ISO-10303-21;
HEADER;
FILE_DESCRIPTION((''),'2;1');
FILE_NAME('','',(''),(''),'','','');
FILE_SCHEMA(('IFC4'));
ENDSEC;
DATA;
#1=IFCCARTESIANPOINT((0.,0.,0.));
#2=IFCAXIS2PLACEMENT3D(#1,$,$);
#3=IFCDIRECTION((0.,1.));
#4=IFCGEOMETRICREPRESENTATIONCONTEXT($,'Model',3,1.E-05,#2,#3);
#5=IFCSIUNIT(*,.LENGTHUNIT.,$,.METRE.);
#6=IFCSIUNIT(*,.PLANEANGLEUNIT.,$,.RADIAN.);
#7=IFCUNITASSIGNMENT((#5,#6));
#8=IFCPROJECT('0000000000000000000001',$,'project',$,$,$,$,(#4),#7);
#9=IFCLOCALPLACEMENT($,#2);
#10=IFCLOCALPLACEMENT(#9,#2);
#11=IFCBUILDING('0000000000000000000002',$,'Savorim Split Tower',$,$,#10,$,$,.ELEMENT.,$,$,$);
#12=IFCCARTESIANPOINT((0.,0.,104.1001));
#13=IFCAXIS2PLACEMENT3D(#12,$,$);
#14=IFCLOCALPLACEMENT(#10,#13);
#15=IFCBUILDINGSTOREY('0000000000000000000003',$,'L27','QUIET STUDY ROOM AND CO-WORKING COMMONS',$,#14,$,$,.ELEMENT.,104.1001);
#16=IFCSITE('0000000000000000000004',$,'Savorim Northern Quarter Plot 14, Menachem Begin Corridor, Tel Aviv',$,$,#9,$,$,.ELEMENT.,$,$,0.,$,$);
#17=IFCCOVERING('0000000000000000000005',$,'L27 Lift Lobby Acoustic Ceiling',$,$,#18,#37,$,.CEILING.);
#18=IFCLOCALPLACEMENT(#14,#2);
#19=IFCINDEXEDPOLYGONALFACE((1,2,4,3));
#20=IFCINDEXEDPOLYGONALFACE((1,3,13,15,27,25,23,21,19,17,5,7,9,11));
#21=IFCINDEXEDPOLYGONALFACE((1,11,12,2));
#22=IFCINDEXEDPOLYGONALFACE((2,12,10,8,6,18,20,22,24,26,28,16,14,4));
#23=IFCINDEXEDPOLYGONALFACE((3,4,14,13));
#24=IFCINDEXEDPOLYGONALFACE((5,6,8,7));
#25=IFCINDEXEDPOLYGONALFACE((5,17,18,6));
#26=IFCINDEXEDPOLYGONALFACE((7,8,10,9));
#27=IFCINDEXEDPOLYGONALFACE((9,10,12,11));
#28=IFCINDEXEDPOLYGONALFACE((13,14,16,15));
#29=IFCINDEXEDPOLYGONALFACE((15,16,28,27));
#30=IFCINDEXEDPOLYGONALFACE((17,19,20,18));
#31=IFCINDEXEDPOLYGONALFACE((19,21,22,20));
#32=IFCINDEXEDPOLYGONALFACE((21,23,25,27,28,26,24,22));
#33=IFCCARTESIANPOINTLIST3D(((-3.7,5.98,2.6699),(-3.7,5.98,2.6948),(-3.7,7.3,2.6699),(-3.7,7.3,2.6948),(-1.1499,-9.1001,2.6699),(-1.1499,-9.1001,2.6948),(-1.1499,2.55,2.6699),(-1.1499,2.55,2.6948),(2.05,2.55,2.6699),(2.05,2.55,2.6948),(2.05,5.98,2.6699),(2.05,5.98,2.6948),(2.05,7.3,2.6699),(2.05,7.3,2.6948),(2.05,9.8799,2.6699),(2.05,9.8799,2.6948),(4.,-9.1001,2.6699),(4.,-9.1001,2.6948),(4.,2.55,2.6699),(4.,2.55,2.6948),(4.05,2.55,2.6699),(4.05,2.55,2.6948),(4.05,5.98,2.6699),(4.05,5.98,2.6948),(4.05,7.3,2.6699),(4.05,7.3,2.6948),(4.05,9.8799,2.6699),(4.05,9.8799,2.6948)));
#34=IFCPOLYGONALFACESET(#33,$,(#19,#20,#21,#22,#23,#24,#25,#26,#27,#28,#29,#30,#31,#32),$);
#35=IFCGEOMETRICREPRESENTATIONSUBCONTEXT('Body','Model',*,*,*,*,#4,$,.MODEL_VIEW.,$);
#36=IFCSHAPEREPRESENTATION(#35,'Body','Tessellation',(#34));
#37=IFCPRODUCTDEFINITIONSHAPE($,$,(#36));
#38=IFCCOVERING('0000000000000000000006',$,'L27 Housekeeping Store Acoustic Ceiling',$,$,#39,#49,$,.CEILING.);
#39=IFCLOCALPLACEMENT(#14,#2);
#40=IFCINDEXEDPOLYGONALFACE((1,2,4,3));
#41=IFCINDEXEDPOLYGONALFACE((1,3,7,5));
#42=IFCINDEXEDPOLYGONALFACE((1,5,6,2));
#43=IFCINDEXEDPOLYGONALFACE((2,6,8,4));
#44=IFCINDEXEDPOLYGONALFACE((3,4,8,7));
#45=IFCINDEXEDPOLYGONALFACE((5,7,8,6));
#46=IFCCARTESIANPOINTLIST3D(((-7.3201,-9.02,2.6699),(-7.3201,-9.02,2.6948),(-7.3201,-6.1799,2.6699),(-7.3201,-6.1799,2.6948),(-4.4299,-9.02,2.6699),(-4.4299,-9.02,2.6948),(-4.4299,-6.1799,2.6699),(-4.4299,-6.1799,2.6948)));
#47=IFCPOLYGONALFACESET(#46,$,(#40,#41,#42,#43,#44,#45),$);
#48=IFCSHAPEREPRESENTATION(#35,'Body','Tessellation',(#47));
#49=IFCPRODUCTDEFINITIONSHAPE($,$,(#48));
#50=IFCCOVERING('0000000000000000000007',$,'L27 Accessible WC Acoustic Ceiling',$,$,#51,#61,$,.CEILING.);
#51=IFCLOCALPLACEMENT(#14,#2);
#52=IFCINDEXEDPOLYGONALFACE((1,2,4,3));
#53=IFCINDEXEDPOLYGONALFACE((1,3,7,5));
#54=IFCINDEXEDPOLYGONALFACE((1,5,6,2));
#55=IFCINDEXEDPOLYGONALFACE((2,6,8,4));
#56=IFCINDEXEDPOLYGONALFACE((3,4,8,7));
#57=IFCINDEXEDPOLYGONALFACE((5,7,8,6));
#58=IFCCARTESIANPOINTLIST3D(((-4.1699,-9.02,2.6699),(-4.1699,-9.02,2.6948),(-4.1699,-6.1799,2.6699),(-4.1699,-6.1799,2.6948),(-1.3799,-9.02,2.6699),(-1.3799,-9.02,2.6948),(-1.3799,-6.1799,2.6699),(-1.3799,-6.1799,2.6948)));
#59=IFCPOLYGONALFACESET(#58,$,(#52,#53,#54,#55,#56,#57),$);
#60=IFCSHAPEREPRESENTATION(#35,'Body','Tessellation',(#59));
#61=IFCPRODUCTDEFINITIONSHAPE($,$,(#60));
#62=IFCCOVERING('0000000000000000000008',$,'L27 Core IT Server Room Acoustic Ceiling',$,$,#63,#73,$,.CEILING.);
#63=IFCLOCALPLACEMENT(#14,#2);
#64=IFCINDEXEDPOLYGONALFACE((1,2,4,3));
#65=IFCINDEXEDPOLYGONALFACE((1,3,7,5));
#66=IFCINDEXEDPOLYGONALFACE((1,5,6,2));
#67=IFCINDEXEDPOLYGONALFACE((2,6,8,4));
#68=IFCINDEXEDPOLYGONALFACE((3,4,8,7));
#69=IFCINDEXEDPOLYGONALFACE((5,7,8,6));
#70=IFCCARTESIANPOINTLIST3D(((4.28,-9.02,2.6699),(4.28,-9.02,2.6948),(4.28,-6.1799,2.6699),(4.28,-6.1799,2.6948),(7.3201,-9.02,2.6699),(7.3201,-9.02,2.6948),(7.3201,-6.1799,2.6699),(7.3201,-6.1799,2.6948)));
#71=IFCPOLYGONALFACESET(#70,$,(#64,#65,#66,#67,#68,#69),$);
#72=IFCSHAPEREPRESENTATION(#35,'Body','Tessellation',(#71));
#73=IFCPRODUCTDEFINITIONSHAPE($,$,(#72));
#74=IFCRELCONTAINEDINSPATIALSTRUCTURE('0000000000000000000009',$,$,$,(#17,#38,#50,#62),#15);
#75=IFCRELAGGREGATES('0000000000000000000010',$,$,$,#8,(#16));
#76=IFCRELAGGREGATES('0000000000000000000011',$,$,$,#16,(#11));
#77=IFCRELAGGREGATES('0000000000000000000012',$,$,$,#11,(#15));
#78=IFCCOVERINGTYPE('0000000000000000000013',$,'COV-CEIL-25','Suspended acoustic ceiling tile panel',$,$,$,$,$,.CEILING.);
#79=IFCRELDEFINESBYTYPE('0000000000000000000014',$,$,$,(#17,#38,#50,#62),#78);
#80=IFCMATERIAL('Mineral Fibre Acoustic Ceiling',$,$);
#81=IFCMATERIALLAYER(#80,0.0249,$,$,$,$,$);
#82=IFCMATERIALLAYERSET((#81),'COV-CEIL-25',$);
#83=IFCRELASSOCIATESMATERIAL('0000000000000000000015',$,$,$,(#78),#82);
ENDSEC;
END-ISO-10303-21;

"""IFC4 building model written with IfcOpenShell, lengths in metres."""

from ifc_helpers import new_model, si_unit, direction, frame, origin, place, context, subcontext, project, spatial, polyline, outline, extrude, material, layer, layer_set, type_object, element, save


model = new_model("IFC4")

# Units and contexts
model_context = context("Model", 3, precision=1e-05, world=origin(), true_north=direction((0.0, 1.0)))
body_context = subcontext(model_context, "Body", "Model", "MODEL_VIEW")
ifc_project = project(units=[si_unit("LENGTHUNIT", "METRE"), si_unit("PLANEANGLEUNIT", "RADIAN")], contexts=[model_context])

# Site, building, storey
site_placement = place(None, origin())
site = spatial("IfcSite", under=ifc_project, at=site_placement, Name="Savorim Northern Quarter Plot 14, Menachem Begin Corridor, Tel Aviv", CompositionType="ELEMENT", RefElevation=0.0)
building_placement = place(site_placement, origin())
building = spatial("IfcBuilding", under=site, at=building_placement, Name="Savorim Split Tower", CompositionType="ELEMENT")
storey_placement = place(building_placement, frame((0.0, 0.0, 104.1001)))
storey = spatial("IfcBuildingStorey", under=building, at=storey_placement, Name="L27", Description="QUIET STUDY ROOM AND CO-WORKING COMMONS", CompositionType="ELEMENT", Elevation=104.1001)

# Coverings
ifc_material_1 = material(Name="Mineral Fibre Acoustic Ceiling")
ifc_layer_1 = layer(ifc_material_1, 0.0249)
ifc_layer_set_1 = layer_set([ifc_layer_1], Name="COV-CEIL-25")
covering_type_1 = type_object("IfcCoveringType", Name="COV-CEIL-25", Description="Suspended acoustic ceiling tile panel", PredefinedType="CEILING", material=ifc_layer_set_1)
covering_1_placement = place(storey_placement, frame((0.0, 0.0, 2.6699)))
element("IfcCovering", 1, at=covering_1_placement, inside=storey, type_object=covering_type_1, Name="L27 Lift Lobby Acoustic Ceiling", PredefinedType="CEILING", context=body_context, shape_type="SweptSolid", body=[
    extrude(outline(polyline([(2.05, 2.55), (-1.1499, 2.55), (-1.1499, -9.1001), (4.0, -9.1001), (4.0, 2.55), (4.05, 2.55), (4.05, 5.98), (4.05, 7.3), (4.05, 9.8799), (2.05, 9.8799), (2.05, 7.3), (-3.7, 7.3), (-3.7, 5.98), (2.05, 5.98), (2.05, 2.55)])), origin(), (0.0, 0.0, 1.0), 0.0249),
])
covering_2_placement = place(storey_placement, frame((0.0, 0.0, 2.6699)))
element("IfcCovering", 2, at=covering_2_placement, inside=storey, type_object=covering_type_1, Name="L27 Housekeeping Store Acoustic Ceiling", PredefinedType="CEILING", context=body_context, shape_type="SweptSolid", body=[
    extrude(outline(polyline([(-7.3201, -6.1799), (-7.3201, -9.02), (-4.4299, -9.02), (-4.4299, -6.1799), (-7.3201, -6.1799)])), origin(), (0.0, 0.0, 1.0), 0.0249),
])
covering_3_placement = place(storey_placement, frame((0.0, 0.0, 2.6699)))
element("IfcCovering", 3, at=covering_3_placement, inside=storey, type_object=covering_type_1, Name="L27 Accessible WC Acoustic Ceiling", PredefinedType="CEILING", context=body_context, shape_type="SweptSolid", body=[
    extrude(outline(polyline([(-4.1699, -6.1799), (-4.1699, -9.02), (-1.3799, -9.02), (-1.3799, -6.1799), (-4.1699, -6.1799)])), origin(), (0.0, 0.0, 1.0), 0.0249),
])
covering_4_placement = place(storey_placement, frame((0.0, 0.0, 2.6699)))
element("IfcCovering", 4, at=covering_4_placement, inside=storey, type_object=covering_type_1, Name="L27 Core IT Server Room Acoustic Ceiling", PredefinedType="CEILING", context=body_context, shape_type="SweptSolid", body=[
    extrude(outline(polyline([(4.28, -6.1799), (4.28, -9.02), (7.3201, -9.02), (7.3201, -6.1799), (4.28, -6.1799)])), origin(), (0.0, 0.0, 1.0), 0.0249),
])

save(model, "model.ifc")
